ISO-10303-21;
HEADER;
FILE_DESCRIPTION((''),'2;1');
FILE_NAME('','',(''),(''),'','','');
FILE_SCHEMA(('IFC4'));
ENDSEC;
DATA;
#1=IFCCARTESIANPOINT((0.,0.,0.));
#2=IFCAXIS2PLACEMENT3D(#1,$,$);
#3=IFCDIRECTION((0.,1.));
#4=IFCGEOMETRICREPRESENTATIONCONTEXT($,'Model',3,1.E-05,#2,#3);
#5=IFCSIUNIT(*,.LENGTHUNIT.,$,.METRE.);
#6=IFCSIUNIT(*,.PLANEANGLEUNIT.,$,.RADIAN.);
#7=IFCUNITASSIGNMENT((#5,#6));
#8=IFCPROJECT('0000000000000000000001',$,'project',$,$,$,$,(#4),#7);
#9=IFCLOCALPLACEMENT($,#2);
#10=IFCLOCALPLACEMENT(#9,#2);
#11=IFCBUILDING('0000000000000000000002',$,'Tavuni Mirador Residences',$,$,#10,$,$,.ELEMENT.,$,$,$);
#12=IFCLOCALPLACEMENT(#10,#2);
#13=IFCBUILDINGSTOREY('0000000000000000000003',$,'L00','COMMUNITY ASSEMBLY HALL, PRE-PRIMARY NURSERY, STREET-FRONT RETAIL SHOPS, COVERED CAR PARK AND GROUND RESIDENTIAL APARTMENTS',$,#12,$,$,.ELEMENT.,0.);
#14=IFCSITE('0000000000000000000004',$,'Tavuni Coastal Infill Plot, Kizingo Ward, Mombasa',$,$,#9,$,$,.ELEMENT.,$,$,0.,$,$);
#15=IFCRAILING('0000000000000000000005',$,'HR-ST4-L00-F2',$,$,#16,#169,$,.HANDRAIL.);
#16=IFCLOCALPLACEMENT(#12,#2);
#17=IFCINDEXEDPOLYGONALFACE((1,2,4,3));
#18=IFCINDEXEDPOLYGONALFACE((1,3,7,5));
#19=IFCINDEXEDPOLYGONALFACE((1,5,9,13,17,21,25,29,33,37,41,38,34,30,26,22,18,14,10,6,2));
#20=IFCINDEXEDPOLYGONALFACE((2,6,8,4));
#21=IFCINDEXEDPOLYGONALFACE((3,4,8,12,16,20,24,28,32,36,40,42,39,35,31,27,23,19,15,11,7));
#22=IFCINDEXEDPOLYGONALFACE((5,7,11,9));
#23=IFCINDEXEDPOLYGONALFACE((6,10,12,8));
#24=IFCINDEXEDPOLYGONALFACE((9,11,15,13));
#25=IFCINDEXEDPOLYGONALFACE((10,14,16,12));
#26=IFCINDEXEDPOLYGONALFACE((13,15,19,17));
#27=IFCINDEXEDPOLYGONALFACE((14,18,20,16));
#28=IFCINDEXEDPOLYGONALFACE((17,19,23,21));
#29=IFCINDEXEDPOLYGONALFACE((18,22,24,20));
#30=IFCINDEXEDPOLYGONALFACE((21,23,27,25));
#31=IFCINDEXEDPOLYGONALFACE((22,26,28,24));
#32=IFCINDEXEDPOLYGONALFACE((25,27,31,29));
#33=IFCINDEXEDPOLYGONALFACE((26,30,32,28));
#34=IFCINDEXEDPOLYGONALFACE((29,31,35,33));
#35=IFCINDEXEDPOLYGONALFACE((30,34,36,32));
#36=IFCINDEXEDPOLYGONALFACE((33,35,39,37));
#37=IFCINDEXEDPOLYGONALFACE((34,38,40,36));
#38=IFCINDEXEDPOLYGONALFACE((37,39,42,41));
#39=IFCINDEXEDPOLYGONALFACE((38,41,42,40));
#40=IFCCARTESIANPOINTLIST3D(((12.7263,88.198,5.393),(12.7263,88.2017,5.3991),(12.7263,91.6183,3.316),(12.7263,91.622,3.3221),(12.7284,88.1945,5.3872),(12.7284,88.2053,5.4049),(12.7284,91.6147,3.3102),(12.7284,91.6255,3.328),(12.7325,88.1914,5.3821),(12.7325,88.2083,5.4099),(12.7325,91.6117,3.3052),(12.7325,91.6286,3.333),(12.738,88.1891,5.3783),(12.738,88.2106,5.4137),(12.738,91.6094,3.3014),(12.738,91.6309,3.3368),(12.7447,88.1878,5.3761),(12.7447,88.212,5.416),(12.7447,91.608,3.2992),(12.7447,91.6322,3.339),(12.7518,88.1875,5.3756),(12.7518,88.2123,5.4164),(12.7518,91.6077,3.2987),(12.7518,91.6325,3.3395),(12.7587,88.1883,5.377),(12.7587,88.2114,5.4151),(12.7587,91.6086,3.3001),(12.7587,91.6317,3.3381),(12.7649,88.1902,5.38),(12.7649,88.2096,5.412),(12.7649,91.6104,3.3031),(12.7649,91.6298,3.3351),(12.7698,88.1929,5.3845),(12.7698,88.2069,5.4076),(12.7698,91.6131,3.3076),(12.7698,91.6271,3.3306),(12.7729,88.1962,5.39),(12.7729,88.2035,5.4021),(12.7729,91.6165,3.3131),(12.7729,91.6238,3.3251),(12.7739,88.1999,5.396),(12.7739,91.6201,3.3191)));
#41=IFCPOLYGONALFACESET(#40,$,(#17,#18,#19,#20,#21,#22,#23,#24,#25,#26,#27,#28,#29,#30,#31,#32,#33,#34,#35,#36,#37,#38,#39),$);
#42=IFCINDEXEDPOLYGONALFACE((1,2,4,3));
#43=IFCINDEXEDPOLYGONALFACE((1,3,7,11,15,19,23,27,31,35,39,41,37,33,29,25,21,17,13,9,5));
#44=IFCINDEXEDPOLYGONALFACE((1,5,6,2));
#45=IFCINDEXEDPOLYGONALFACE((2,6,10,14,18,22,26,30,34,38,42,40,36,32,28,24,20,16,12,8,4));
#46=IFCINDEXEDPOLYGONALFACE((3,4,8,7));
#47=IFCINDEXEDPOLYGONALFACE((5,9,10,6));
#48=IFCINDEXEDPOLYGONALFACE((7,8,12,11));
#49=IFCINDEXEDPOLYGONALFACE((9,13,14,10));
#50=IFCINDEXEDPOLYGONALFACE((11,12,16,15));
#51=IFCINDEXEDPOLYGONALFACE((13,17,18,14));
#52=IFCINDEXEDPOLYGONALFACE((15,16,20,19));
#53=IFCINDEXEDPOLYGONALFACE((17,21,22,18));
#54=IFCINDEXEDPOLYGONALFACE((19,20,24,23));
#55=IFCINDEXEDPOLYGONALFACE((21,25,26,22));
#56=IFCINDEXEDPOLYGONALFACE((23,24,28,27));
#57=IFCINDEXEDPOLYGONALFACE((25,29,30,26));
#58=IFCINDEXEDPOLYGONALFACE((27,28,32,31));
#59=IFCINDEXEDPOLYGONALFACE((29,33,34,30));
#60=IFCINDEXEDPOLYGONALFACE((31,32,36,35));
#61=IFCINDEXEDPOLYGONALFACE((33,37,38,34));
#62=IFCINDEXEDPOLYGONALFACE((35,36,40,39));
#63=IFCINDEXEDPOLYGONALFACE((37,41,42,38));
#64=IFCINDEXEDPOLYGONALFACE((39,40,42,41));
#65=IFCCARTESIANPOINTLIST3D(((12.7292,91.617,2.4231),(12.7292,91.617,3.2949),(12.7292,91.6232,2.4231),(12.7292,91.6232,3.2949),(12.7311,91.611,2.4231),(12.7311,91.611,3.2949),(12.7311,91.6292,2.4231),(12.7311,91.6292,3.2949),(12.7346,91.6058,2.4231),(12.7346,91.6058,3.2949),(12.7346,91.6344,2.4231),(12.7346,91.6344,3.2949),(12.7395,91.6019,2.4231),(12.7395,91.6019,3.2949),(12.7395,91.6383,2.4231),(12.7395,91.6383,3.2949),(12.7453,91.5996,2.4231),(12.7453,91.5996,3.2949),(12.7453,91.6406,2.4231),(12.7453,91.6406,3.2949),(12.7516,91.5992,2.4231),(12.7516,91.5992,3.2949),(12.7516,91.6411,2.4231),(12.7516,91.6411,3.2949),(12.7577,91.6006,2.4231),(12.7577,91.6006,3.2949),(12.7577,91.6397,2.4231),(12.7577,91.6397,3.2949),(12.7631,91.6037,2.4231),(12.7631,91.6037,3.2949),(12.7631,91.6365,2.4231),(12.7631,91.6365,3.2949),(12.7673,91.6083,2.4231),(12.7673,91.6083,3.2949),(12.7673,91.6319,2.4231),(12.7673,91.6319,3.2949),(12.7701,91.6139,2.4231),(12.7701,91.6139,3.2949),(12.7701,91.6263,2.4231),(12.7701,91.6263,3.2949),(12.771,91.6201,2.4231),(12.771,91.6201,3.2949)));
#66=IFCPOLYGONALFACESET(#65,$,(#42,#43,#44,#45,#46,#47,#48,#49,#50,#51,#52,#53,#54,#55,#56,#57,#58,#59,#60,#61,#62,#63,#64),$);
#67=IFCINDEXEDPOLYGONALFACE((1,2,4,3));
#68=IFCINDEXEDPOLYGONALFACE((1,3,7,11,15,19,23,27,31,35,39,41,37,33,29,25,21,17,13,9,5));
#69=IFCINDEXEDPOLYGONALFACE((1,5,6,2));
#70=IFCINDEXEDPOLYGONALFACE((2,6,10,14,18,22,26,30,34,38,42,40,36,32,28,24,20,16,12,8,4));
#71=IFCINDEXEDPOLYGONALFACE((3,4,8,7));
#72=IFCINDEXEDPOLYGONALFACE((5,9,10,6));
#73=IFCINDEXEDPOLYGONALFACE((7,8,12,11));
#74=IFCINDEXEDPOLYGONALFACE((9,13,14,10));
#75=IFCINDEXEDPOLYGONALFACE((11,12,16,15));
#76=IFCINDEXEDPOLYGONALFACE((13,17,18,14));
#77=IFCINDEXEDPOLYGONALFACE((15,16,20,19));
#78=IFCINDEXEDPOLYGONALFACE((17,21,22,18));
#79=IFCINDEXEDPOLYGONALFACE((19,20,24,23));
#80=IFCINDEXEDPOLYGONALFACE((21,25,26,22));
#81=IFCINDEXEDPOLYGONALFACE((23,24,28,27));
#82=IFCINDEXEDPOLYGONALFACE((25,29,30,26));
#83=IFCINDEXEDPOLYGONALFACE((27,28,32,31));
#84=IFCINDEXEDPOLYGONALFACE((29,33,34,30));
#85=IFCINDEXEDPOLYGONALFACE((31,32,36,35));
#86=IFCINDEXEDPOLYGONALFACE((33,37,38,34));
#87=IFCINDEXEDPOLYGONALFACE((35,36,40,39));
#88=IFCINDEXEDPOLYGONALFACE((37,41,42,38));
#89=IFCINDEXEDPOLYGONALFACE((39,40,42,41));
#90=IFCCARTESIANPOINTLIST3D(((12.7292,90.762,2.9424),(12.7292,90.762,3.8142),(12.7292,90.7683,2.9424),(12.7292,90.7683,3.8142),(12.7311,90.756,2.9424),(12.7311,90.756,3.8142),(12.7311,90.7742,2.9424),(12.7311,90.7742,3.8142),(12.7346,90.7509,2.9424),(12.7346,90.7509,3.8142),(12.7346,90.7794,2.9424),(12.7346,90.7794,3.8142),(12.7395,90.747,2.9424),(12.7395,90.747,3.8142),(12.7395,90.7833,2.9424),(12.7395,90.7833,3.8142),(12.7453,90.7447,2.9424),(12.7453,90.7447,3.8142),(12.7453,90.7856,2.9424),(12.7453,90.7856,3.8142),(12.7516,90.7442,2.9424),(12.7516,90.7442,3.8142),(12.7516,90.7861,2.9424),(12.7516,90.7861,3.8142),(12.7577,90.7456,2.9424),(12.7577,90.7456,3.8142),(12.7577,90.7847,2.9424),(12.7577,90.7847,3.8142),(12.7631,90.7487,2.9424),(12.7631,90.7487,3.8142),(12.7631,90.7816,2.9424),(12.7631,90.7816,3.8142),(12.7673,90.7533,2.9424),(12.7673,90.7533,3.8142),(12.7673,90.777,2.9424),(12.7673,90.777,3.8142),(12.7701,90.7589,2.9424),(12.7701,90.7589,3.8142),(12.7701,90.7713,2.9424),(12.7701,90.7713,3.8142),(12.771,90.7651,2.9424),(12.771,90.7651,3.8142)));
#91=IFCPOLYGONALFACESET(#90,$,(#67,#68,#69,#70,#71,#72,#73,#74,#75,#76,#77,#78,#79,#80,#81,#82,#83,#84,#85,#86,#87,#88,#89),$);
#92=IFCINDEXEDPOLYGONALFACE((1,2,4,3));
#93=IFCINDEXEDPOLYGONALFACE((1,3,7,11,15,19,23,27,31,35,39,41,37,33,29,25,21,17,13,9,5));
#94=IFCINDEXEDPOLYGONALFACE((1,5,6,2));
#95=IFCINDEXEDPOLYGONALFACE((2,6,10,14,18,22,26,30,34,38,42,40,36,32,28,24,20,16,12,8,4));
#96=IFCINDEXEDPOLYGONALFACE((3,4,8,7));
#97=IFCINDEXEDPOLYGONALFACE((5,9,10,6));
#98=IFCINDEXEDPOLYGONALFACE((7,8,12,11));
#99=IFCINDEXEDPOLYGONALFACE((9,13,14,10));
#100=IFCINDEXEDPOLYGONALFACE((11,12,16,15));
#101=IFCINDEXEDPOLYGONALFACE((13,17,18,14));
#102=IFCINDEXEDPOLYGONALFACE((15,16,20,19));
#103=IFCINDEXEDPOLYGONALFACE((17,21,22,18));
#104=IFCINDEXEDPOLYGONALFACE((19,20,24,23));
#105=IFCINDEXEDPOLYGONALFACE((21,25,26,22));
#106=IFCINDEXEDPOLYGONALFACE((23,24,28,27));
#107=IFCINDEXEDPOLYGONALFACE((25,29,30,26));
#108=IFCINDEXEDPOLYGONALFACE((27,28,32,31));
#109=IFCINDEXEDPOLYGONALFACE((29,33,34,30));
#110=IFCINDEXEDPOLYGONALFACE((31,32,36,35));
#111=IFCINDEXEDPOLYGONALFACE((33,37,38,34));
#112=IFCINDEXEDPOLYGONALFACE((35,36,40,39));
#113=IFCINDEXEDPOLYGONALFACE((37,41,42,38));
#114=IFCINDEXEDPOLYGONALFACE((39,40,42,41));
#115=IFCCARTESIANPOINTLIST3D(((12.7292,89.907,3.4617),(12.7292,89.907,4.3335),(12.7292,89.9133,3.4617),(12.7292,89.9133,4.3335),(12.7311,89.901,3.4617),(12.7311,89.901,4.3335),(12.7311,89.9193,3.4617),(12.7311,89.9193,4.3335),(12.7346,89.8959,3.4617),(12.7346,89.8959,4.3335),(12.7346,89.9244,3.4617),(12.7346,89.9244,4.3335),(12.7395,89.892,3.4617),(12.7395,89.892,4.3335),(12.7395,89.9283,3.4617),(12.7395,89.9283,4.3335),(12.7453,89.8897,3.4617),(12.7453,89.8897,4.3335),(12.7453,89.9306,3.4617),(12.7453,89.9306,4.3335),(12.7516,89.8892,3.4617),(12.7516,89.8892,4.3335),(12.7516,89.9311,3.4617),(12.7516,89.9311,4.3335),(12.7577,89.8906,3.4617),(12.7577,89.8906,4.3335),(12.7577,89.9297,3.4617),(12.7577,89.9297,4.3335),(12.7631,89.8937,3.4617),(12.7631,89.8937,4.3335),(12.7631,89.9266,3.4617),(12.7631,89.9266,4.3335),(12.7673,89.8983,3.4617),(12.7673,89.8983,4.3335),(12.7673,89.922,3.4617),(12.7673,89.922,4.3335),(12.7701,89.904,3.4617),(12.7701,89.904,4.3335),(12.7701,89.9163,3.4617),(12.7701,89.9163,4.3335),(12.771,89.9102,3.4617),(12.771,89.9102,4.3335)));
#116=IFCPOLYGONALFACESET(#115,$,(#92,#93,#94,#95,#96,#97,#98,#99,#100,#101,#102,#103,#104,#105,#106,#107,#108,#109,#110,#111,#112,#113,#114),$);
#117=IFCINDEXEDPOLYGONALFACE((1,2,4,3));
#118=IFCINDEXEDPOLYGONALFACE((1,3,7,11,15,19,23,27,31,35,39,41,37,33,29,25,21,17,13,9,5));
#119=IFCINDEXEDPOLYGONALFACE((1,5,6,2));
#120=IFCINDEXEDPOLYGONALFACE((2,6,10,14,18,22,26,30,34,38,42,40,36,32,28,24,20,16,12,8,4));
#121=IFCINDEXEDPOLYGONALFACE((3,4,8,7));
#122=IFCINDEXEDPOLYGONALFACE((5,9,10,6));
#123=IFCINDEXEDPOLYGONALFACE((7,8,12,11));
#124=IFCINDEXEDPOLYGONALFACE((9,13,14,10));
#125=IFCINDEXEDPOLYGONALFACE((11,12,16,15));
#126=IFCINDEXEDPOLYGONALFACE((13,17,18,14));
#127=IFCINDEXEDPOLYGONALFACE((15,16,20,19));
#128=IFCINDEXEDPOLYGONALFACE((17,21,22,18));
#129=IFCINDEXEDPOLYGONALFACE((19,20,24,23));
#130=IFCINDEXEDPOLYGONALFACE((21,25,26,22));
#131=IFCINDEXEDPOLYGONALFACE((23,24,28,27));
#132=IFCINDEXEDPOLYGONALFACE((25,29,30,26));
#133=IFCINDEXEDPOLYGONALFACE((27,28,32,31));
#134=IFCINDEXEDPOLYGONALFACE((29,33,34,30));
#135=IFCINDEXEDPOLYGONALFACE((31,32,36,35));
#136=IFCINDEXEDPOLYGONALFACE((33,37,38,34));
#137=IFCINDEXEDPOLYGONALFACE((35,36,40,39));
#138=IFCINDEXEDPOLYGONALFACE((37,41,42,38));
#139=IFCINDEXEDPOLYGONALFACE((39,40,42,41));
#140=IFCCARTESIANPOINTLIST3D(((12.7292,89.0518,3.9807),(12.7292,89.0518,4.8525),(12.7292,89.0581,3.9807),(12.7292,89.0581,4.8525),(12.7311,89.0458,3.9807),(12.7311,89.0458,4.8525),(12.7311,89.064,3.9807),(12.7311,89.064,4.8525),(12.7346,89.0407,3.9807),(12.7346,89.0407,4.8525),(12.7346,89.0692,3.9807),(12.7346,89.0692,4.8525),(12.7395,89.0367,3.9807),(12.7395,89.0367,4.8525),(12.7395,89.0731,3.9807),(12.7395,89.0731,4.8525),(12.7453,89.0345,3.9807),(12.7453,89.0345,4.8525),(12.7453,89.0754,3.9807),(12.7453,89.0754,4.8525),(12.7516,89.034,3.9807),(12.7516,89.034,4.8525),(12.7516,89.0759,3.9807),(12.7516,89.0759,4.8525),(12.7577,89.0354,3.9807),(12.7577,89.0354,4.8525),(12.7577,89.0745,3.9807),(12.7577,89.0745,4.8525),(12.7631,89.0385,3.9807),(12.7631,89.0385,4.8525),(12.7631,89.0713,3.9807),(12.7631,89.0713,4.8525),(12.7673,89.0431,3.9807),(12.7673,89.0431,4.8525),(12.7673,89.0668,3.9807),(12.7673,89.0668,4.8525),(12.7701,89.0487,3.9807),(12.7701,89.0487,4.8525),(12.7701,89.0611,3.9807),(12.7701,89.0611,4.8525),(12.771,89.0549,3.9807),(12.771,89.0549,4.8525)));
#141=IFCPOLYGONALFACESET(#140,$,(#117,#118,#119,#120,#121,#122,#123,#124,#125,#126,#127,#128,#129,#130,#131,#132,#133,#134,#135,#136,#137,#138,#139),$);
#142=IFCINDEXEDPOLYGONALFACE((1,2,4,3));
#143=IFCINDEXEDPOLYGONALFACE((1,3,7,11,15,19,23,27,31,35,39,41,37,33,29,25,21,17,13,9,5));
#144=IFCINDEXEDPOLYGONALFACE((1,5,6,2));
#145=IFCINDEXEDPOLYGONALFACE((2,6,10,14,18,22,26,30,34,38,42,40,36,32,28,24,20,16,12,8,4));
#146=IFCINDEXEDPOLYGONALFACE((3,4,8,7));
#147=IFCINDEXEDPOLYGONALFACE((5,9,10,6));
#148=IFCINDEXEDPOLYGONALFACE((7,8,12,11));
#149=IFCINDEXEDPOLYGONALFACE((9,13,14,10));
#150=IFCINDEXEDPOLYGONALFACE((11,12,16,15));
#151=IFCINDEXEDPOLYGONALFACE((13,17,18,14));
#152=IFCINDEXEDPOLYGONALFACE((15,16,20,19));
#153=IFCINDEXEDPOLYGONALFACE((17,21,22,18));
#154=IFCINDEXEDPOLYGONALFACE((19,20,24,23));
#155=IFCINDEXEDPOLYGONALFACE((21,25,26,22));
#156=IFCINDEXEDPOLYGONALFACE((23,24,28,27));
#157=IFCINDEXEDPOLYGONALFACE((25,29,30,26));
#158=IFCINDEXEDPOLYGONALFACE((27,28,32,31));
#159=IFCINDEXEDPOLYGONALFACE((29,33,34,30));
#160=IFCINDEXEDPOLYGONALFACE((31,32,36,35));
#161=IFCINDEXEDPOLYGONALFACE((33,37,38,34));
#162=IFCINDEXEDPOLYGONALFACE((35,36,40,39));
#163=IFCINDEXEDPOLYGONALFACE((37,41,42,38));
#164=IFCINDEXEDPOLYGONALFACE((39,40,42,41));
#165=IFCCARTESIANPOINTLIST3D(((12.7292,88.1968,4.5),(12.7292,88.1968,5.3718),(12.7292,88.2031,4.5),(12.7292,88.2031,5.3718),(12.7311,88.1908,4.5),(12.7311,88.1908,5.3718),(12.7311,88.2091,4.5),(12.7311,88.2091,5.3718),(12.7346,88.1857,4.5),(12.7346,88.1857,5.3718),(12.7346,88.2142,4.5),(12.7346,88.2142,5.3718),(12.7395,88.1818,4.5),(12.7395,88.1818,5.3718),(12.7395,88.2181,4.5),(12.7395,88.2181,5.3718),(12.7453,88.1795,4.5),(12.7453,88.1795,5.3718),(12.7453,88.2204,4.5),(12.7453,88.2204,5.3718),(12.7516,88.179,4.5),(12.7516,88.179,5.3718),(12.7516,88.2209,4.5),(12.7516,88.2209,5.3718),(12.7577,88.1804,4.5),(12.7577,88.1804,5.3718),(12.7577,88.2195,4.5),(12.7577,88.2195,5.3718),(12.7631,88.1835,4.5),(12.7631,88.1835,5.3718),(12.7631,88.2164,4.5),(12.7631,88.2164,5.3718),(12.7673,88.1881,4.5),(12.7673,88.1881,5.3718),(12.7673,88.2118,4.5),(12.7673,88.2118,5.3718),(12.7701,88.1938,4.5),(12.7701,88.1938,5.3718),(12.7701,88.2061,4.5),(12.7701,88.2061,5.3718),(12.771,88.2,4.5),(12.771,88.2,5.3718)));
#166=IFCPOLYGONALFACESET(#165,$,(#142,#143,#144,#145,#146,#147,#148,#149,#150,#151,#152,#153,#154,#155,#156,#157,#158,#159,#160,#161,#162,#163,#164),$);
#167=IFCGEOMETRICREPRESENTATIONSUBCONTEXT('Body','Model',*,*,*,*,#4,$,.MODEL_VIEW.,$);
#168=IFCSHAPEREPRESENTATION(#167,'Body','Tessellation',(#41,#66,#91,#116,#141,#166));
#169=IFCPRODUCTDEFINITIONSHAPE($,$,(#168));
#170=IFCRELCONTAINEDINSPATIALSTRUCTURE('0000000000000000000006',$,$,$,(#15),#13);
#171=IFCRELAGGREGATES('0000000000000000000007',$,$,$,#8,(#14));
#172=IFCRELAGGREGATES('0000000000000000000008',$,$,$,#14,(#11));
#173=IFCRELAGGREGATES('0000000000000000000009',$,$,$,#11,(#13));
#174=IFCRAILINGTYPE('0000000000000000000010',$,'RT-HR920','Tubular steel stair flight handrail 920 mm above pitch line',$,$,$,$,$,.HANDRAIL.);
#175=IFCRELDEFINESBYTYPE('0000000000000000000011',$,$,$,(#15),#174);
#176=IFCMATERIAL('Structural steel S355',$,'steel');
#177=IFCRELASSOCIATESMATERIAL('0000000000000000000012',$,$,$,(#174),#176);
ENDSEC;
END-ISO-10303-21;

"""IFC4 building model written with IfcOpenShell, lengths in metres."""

from ifc_helpers import new_model, si_unit, direction, frame, origin, origin_2d, place, context, subcontext, project, spatial, circle, extrude, material, type_object, element, save


model = new_model("IFC4")

# Units and contexts
model_context = context("Model", 3, precision=1e-05, world=origin(), true_north=direction((0.0, 1.0)))
body_context = subcontext(model_context, "Body", "Model", "MODEL_VIEW")
ifc_project = project(units=[si_unit("LENGTHUNIT", "METRE"), si_unit("PLANEANGLEUNIT", "RADIAN")], contexts=[model_context])

# Site, building, storey
site_placement = place(None, origin())
site = spatial("IfcSite", under=ifc_project, at=site_placement, Name="Tavuni Coastal Infill Plot, Kizingo Ward, Mombasa", CompositionType="ELEMENT", RefElevation=0.0)
building_placement = place(site_placement, origin())
building = spatial("IfcBuilding", under=site, at=building_placement, Name="Tavuni Mirador Residences", CompositionType="ELEMENT")
storey_placement = place(building_placement, origin())
storey = spatial("IfcBuildingStorey", under=building, at=storey_placement, Name="L00", Description="COMMUNITY ASSEMBLY HALL, PRE-PRIMARY NURSERY, STREET-FRONT RETAIL SHOPS, COVERED CAR PARK AND GROUND RESIDENTIAL APARTMENTS", CompositionType="ELEMENT", Elevation=0.0)

# Shared definitions
ifc_material_1 = material(Name="Structural steel S355", Category="steel")

# Railing
railing_type_1 = type_object("IfcRailingType", Name="RT-HR920", Description="Tubular steel stair flight handrail 920 mm above pitch line", PredefinedType="HANDRAIL", material=ifc_material_1)
railing_1_placement = place(storey_placement, frame((12.75, 91.6201, 2.4231)))
element("IfcRailing", 1, at=railing_1_placement, inside=storey, type_object=railing_type_1, Name="HR-ST4-L00-F2", PredefinedType="HANDRAIL", context=body_context, shape_type="SweptSolid", body=[
    extrude(circle(Radius=0.0239, at=origin_2d()), frame((0.0, 0.0, 0.896), z_axis=(0.0, -0.854746, 0.519047), x_axis=(1.0, 0.0, 0.0)), (0.0, 0.0, 1.0), 4.0015),
    extrude(circle(Radius=0.021, at=origin_2d()), origin(), (0.0, 0.0, 1.0), 0.8718),
    extrude(circle(Radius=0.021, at=origin_2d()), frame((0.0, -0.855, 0.5193)), (0.0, 0.0, 1.0), 0.8718),
    extrude(circle(Radius=0.021, at=origin_2d()), frame((0.0, -1.71, 1.0386)), (0.0, 0.0, 1.0), 0.8718),
    extrude(circle(Radius=0.021, at=origin_2d()), frame((0.0, -2.5652, 1.5576)), (0.0, 0.0, 1.0), 0.8718),
    extrude(circle(Radius=0.021, at=origin_2d()), frame((0.0, -3.4202, 2.0769)), (0.0, 0.0, 1.0), 0.8718),
])

save(model, "model.ifc")
